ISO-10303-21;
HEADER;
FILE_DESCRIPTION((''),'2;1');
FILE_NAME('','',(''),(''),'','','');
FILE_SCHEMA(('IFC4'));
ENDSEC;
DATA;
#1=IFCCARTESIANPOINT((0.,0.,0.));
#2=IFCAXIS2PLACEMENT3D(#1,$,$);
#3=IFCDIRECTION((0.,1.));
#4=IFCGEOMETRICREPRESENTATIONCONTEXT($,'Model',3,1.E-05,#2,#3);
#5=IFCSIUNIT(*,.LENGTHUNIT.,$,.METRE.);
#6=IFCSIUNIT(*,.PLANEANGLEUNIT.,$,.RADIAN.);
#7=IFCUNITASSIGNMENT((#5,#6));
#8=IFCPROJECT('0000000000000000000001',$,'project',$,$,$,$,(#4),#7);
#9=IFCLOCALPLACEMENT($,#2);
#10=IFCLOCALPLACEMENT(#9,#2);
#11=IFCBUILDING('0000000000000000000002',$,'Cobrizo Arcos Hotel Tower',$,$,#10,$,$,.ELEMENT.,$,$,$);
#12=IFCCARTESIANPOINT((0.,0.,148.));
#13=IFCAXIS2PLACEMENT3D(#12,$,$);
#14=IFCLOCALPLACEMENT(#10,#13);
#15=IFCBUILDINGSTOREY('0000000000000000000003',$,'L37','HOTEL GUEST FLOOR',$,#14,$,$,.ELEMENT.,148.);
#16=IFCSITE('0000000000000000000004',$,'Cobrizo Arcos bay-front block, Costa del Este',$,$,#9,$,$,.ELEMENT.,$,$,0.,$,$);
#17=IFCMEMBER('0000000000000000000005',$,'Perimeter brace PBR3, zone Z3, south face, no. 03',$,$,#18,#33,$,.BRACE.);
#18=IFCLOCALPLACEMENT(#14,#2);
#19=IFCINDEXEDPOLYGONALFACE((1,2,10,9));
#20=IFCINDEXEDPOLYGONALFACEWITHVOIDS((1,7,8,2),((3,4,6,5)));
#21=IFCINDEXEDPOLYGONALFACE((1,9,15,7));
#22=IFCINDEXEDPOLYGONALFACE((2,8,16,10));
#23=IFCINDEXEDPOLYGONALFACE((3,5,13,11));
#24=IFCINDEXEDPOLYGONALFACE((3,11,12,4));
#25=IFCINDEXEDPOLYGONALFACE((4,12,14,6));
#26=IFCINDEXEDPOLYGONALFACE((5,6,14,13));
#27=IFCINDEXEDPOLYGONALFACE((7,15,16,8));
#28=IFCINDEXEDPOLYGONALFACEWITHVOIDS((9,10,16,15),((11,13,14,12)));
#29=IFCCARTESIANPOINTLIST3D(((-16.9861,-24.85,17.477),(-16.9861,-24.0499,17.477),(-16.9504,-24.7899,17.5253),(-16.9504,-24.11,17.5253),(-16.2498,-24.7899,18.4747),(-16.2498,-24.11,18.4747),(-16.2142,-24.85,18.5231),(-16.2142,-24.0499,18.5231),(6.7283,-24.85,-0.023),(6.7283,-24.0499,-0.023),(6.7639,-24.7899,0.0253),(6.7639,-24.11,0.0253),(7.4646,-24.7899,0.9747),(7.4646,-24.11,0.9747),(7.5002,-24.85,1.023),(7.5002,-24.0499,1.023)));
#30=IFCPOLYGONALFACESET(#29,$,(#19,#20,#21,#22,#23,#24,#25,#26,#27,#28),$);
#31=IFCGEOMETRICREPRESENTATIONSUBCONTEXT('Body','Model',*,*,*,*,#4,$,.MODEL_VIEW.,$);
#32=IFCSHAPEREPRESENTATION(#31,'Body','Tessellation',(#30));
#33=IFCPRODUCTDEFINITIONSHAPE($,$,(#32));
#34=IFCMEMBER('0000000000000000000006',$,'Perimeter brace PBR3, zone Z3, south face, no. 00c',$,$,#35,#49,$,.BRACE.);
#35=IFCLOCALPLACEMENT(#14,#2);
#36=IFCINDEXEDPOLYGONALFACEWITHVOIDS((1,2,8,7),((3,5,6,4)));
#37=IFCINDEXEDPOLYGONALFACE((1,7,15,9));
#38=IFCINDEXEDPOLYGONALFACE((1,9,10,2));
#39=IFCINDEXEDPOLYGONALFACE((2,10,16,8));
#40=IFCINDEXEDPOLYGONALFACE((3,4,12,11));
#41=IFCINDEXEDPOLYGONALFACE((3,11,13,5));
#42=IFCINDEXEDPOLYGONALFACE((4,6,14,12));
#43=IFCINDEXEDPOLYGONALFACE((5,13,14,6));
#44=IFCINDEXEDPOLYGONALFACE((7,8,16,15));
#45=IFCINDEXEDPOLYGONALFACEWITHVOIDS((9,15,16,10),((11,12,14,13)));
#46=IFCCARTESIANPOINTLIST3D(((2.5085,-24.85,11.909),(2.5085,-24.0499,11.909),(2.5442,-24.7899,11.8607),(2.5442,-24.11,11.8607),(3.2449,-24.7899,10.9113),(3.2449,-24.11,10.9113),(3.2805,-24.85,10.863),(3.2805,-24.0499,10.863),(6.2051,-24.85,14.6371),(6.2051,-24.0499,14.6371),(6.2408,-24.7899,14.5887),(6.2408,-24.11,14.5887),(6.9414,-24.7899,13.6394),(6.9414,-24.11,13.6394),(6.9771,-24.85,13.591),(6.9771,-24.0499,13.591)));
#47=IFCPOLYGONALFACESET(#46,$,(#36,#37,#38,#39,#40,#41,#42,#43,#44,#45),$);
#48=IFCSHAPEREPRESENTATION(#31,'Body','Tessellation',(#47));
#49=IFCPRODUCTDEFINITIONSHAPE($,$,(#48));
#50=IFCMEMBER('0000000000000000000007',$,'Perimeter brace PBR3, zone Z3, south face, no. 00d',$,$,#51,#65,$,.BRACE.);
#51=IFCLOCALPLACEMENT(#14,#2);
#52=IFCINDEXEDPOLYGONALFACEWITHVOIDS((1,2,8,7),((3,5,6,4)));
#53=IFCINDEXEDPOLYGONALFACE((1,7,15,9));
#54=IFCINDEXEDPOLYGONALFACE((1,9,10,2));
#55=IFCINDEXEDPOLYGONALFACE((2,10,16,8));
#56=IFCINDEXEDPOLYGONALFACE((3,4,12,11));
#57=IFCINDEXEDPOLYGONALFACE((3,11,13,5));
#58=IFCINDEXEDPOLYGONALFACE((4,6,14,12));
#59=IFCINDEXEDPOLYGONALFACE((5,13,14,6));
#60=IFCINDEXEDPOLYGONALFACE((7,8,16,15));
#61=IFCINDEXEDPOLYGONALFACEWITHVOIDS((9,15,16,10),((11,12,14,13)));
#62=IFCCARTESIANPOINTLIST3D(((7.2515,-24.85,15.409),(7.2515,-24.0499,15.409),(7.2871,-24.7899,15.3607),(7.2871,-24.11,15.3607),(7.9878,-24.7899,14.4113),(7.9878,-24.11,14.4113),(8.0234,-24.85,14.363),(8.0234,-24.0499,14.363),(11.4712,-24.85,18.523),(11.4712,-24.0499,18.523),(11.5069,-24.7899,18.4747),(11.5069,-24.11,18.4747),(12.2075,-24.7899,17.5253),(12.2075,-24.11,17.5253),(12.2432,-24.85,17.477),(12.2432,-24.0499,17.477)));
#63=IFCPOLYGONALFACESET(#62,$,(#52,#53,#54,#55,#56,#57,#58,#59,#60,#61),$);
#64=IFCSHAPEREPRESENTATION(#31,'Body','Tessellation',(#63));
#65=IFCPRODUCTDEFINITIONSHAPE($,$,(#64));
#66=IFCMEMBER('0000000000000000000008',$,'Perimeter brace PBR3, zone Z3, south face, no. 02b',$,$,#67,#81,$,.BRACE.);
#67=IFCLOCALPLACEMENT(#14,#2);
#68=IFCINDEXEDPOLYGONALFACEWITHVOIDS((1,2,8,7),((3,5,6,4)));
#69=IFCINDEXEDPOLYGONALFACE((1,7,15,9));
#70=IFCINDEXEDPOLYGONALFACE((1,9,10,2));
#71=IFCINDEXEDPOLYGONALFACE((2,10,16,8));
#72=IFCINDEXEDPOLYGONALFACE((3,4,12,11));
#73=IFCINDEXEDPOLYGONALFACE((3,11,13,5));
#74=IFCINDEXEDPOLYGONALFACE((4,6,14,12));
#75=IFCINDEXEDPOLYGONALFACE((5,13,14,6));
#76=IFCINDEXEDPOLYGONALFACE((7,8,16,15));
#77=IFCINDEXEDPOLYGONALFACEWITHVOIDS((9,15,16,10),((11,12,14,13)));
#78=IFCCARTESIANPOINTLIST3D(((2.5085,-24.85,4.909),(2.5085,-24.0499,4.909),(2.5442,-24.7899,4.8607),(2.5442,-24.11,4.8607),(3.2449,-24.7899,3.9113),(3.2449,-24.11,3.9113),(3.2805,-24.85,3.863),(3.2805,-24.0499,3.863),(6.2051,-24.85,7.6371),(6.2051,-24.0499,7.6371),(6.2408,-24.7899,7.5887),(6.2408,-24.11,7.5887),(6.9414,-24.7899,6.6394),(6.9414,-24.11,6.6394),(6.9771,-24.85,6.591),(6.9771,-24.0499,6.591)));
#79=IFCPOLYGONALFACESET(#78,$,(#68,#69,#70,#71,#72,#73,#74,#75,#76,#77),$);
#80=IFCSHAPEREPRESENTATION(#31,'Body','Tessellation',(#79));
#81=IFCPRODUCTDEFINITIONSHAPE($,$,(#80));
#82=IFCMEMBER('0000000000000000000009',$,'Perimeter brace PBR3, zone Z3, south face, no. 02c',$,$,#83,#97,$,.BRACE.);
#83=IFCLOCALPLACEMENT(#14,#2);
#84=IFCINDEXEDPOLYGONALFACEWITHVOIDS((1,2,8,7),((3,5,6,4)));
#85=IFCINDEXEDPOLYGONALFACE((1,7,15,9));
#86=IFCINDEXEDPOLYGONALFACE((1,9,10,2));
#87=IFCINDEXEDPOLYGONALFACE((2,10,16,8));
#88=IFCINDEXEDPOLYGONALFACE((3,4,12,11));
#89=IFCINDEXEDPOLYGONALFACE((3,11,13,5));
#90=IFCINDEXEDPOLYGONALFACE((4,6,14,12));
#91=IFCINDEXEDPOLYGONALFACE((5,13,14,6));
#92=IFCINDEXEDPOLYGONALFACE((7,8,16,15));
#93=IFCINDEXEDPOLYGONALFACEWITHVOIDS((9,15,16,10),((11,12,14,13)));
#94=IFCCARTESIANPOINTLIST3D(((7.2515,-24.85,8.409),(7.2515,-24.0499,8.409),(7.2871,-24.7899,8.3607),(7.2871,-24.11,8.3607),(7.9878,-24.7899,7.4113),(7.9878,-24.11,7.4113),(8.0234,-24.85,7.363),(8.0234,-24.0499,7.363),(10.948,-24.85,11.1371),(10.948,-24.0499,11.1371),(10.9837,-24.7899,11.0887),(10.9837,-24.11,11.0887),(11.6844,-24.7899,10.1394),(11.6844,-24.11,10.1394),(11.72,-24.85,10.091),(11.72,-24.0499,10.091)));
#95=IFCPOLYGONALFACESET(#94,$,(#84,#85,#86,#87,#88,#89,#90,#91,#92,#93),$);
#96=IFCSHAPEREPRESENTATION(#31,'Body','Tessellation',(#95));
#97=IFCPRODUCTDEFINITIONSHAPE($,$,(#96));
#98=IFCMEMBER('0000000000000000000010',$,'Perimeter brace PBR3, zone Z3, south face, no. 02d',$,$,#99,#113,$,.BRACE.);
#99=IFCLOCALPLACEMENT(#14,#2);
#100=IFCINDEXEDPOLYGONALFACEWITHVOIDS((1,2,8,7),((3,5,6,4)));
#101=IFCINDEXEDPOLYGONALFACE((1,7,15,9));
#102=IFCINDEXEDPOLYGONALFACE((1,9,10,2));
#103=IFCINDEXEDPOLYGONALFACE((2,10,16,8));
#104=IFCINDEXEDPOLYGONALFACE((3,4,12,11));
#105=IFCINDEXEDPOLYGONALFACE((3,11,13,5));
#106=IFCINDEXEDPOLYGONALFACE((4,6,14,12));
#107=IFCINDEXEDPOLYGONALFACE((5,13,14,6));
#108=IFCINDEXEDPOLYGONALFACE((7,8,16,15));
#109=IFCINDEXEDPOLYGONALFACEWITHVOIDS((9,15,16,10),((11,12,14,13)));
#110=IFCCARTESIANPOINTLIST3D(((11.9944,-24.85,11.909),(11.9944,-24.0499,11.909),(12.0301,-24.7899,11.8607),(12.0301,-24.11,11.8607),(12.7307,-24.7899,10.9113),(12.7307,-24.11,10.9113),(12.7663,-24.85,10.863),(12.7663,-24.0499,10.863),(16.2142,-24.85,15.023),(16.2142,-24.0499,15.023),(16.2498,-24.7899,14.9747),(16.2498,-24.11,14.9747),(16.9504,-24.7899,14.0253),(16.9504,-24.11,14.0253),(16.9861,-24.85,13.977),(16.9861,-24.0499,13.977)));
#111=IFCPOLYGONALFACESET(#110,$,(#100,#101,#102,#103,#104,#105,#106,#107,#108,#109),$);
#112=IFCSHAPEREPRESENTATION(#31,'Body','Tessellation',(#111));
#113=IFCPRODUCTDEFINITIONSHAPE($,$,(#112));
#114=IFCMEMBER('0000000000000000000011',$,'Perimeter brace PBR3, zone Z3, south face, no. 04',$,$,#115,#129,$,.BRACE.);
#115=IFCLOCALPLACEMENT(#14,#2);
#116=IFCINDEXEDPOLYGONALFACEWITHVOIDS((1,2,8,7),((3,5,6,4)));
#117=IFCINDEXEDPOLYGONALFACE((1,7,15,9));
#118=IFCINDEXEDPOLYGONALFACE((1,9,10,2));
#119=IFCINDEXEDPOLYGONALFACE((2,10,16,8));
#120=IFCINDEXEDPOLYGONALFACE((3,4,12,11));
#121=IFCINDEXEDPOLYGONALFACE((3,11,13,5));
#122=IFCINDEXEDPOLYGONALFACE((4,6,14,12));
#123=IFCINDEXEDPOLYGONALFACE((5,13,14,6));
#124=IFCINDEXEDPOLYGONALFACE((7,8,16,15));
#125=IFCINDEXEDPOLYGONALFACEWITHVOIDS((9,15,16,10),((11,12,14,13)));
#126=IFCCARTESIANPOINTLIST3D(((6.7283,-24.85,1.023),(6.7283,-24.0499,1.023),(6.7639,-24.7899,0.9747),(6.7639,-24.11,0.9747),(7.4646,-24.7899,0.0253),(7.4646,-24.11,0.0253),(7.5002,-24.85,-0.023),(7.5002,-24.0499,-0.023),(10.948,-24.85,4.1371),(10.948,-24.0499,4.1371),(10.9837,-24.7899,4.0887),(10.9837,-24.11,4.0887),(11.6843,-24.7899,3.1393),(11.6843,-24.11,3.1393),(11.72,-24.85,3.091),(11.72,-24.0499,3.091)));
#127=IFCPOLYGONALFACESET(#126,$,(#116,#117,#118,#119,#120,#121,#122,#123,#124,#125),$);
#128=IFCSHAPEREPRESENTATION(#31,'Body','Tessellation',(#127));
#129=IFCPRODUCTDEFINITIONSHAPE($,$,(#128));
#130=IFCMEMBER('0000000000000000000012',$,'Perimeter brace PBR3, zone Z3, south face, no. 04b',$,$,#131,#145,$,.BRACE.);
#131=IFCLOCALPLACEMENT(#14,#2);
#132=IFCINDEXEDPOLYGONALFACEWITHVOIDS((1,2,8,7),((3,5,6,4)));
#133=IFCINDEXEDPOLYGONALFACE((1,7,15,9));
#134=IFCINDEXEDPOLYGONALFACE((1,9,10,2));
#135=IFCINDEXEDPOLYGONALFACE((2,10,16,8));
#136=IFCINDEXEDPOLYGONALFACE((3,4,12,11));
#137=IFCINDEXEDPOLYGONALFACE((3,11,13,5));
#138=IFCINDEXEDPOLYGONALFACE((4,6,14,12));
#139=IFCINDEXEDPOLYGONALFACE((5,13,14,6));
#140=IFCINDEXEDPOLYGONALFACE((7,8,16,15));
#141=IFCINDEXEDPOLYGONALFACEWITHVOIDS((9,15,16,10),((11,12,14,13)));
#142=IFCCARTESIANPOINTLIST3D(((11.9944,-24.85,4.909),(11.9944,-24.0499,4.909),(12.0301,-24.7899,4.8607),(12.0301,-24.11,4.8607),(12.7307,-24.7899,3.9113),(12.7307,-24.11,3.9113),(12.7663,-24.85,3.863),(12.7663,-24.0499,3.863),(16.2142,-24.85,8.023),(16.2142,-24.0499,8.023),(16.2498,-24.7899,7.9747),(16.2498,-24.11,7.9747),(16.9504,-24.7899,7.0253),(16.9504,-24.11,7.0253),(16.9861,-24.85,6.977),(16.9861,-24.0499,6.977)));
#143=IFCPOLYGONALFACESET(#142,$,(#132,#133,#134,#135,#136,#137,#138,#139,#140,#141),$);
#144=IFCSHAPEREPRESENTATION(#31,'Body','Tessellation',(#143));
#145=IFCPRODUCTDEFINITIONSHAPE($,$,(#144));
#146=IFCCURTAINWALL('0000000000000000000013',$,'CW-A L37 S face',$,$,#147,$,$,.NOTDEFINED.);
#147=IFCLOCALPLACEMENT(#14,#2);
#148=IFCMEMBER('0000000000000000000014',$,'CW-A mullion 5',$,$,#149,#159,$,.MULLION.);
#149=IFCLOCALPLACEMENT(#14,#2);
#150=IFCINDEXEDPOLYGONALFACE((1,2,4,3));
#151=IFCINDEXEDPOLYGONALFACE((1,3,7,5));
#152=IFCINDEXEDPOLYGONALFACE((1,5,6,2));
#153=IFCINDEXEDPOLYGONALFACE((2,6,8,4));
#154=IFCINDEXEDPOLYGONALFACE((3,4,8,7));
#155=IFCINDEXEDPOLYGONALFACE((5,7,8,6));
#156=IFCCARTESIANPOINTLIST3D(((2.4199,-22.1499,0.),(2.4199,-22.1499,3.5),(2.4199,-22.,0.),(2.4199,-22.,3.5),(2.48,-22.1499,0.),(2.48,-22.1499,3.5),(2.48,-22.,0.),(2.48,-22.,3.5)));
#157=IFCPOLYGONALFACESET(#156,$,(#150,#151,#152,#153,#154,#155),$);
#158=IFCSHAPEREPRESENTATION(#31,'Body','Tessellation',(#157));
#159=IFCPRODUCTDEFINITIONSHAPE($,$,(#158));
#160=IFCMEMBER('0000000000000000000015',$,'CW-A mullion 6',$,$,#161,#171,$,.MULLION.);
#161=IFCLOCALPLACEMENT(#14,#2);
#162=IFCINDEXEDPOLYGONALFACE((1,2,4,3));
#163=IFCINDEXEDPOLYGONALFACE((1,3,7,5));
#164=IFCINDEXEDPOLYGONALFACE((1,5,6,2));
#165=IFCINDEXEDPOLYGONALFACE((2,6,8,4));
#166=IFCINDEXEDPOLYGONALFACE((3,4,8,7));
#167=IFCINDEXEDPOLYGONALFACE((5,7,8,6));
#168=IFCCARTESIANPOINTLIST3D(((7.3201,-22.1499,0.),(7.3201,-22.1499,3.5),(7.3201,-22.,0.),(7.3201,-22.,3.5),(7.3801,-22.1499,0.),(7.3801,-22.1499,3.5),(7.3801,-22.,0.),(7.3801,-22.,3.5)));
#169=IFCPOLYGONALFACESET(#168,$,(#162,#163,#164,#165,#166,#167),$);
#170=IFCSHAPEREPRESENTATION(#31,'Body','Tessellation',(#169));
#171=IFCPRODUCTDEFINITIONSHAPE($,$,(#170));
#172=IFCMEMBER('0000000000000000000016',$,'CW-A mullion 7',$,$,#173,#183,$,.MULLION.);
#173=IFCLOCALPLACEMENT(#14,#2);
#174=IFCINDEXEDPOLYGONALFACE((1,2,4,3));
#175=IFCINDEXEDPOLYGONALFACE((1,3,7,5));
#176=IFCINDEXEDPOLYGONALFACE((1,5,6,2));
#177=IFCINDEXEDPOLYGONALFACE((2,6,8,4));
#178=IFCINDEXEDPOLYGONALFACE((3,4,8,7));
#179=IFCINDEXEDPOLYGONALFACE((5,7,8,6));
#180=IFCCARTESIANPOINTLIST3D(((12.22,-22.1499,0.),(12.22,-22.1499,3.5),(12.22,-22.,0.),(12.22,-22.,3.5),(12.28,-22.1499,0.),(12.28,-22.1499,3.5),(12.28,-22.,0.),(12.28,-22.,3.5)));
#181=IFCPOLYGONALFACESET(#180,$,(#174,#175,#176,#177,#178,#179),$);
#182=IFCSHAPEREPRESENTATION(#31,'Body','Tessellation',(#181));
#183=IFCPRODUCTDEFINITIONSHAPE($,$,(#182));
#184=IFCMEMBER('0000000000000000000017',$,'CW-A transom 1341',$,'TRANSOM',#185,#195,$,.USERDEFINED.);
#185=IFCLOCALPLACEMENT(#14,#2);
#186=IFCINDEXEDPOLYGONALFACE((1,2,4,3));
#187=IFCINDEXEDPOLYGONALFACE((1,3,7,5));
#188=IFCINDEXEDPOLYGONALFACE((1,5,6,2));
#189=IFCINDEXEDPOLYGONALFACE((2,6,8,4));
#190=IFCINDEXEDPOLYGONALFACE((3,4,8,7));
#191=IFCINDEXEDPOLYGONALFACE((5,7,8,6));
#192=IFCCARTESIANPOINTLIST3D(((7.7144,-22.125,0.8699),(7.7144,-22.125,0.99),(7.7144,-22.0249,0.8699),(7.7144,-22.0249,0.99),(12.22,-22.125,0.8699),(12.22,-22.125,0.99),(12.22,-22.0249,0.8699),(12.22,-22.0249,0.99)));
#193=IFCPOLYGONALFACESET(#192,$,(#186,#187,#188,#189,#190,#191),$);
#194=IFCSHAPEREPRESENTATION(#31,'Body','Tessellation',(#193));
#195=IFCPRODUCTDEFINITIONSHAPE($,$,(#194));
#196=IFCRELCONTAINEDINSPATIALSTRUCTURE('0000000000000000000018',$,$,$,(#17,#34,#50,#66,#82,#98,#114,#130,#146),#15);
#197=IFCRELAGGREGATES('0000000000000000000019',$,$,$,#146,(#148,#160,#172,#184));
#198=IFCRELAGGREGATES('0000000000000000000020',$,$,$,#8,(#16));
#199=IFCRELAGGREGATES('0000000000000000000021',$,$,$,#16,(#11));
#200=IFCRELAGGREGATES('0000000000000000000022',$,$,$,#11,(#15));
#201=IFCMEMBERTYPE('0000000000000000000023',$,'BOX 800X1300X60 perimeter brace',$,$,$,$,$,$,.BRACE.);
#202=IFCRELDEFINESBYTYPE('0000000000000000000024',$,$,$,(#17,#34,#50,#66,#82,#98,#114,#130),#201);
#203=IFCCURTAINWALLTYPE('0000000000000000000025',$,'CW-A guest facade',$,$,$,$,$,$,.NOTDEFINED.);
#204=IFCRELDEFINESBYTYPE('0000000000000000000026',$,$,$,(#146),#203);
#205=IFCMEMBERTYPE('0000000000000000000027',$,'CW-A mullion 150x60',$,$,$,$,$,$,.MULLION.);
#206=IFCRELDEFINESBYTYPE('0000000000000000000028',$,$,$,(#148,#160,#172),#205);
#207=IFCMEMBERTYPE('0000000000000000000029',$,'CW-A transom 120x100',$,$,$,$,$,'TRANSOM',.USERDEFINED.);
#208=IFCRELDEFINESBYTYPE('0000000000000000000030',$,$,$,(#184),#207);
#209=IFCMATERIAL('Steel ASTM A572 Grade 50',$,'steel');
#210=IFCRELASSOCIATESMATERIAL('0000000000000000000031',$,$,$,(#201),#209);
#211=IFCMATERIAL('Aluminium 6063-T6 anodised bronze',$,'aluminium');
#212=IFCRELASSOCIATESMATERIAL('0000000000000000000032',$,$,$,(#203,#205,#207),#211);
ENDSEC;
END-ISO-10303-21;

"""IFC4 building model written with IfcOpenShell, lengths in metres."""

from ifc_helpers import new_model, si_unit, direction, frame, origin, origin_2d, place, context, subcontext, project, spatial, rectangle, hollow_rectangle, extrude, material, material_profile, profile_set, type_object, element, aggregate, save


model = new_model("IFC4")

# Units and contexts
model_context = context("Model", 3, precision=1e-05, world=origin(), true_north=direction((0.0, 1.0)))
body_context = subcontext(model_context, "Body", "Model", "MODEL_VIEW")
ifc_project = project(units=[si_unit("LENGTHUNIT", "METRE"), si_unit("PLANEANGLEUNIT", "RADIAN")], contexts=[model_context])

# Site, building, storey
site_placement = place(None, origin())
site = spatial("IfcSite", under=ifc_project, at=site_placement, Name="Cobrizo Arcos bay-front block, Costa del Este", CompositionType="ELEMENT", RefElevation=0.0)
building_placement = place(site_placement, origin())
building = spatial("IfcBuilding", under=site, at=building_placement, Name="Cobrizo Arcos Hotel Tower", CompositionType="ELEMENT")
storey_placement = place(building_placement, frame((0.0, 0.0, 148.0)))
storey = spatial("IfcBuildingStorey", under=building, at=storey_placement, Name="L37", Description="HOTEL GUEST FLOOR", CompositionType="ELEMENT", Elevation=148.0)

# Members
ifc_material_1 = material(Name="Steel ASTM A572 Grade 50", Category="steel")
ifc_material_profile_1 = material_profile(ifc_material_1, hollow_rectangle(XDim=0.8, YDim=1.3, WallThickness=0.0601, at=origin_2d()), Name="BOX 800X1300X60")
ifc_profile_set_1 = profile_set([ifc_material_profile_1], Name="Steel ASTM A572 Grade 50")
member_type_1 = type_object("IfcMemberType", Name="BOX 800X1300X60 perimeter brace", PredefinedType="BRACE", material=ifc_profile_set_1)
member_1_placement = place(storey_placement, frame((7.1143, -24.45, 0.5), z_axis=(-0.80463, 0.0, 0.593776), x_axis=(0.0, -1.0, 0.0)))
element("IfcMember", 1, at=member_1_placement, inside=storey, type_object=member_type_1, Name="Perimeter brace PBR3, zone Z3, south face, no. 03", PredefinedType="BRACE", context=body_context, shape_type="SweptSolid", body=[
    extrude(hollow_rectangle(XDim=0.8, YDim=1.3, WallThickness=0.0601, at=origin_2d()), origin(), (0.0, 0.0, 1.0), 29.4724),
])
member_2_placement = place(storey_placement, frame((2.8945, -24.45, 11.386), z_axis=(0.804612, 0.0, 0.593801), x_axis=(0.0, 1.0, 0.0)))
element("IfcMember", 2, at=member_2_placement, inside=storey, type_object=member_type_1, Name="Perimeter brace PBR3, zone Z3, south face, no. 00c", PredefinedType="BRACE", context=body_context, shape_type="SweptSolid", body=[
    extrude(hollow_rectangle(XDim=0.8, YDim=1.3, WallThickness=0.0601, at=origin_2d()), origin(), (0.0, 0.0, 1.0), 4.5942),
])
member_3_placement = place(storey_placement, frame((7.6375, -24.45, 14.886), z_axis=(0.804624, 0.0, 0.593785), x_axis=(0.0, 1.0, 0.0)))
element("IfcMember", 3, at=member_3_placement, inside=storey, type_object=member_type_1, Name="Perimeter brace PBR3, zone Z3, south face, no. 00d", PredefinedType="BRACE", context=body_context, shape_type="SweptSolid", body=[
    extrude(hollow_rectangle(XDim=0.8, YDim=1.3, WallThickness=0.0601, at=origin_2d()), origin(), (0.0, 0.0, 1.0), 5.2444),
])
for number, where, z_axis, x_axis, name in (
    (4, (2.8945, -24.45, 4.386), (0.804612, 0.0, 0.593801), (0.0, 1.0, 0.0), "Perimeter brace PBR3, zone Z3, south face, no. 02b"),
    (5, (7.6375, -24.45, 7.886), (0.804612, 0.0, 0.593801), (0.0, 1.0, 0.0), "Perimeter brace PBR3, zone Z3, south face, no. 02c"),
):
    element("IfcMember", number, at=place(storey_placement, frame(where, z_axis=z_axis, x_axis=x_axis)), inside=storey, type_object=member_type_1, Name=name, PredefinedType="BRACE", context=body_context, shape_type="SweptSolid", body=[
        extrude(hollow_rectangle(XDim=0.8, YDim=1.3, WallThickness=0.0601, at=origin_2d()), origin(), (0.0, 0.0, 1.0), 4.5942),
    ])
for number, where, z_axis, x_axis, name in (
    (6, (12.3804, -24.45, 11.386), (0.804624, 0.0, 0.593785), (0.0, 1.0, 0.0), "Perimeter brace PBR3, zone Z3, south face, no. 02d"),
    (7, (7.1143, -24.45, 0.5), (0.804624, 0.0, 0.593785), (0.0, 1.0, 0.0), "Perimeter brace PBR3, zone Z3, south face, no. 04"),
    (8, (12.3804, -24.45, 4.386), (0.804624, 0.0, 0.593785), (0.0, 1.0, 0.0), "Perimeter brace PBR3, zone Z3, south face, no. 04b"),
):
    element("IfcMember", number, at=place(storey_placement, frame(where, z_axis=z_axis, x_axis=x_axis)), inside=storey, type_object=member_type_1, Name=name, PredefinedType="BRACE", context=body_context, shape_type="SweptSolid", body=[
        extrude(hollow_rectangle(XDim=0.8, YDim=1.3, WallThickness=0.0601, at=origin_2d()), origin(), (0.0, 0.0, 1.0), 5.2444),
    ])

# Curtain wall, members
ifc_material_2 = material(Name="Aluminium 6063-T6 anodised bronze", Category="aluminium")
curtain_wall_type = type_object("IfcCurtainWallType", Name="CW-A guest facade", PredefinedType="NOTDEFINED", material=ifc_material_2)
curtain_wall_placement = place(storey_placement, origin())
curtain_wall = element("IfcCurtainWall", 9, at=curtain_wall_placement, inside=storey, type_object=curtain_wall_type, Name="CW-A L37 S face", PredefinedType="NOTDEFINED")
ifc_material_profile_2 = material_profile(ifc_material_2, rectangle(XDim=0.1499, YDim=0.0601, at=origin_2d()), Name="CW-A mullion 150x60")
ifc_profile_set_2 = profile_set([ifc_material_profile_2], Name="Aluminium 6063-T6 anodised bronze")
member_type_2 = type_object("IfcMemberType", Name="CW-A mullion 150x60", PredefinedType="MULLION", material=ifc_profile_set_2)
member_4_placement = place(storey_placement, frame((2.45, -22.075, 0.0), z_axis=(0.0, 0.0, 1.0), x_axis=(0.0, -1.0, 0.0)))
member_4 = element("IfcMember", 10, at=member_4_placement, type_object=member_type_2, Name="CW-A mullion 5", PredefinedType="MULLION", context=body_context, shape_type="SweptSolid", body=[
    extrude(rectangle(XDim=0.1499, YDim=0.0601, at=origin_2d()), origin(), (0.0, 0.0, 1.0), 3.5),
])
member_5_placement = place(storey_placement, frame((7.3501, -22.075, 0.0), z_axis=(0.0, 0.0, 1.0), x_axis=(0.0, -1.0, 0.0)))
member_5 = element("IfcMember", 11, at=member_5_placement, type_object=member_type_2, Name="CW-A mullion 6", PredefinedType="MULLION", context=body_context, shape_type="SweptSolid", body=[
    extrude(rectangle(XDim=0.1499, YDim=0.0601, at=origin_2d()), origin(), (0.0, 0.0, 1.0), 3.5),
])
member_6_placement = place(storey_placement, frame((12.25, -22.075, 0.0), z_axis=(0.0, 0.0, 1.0), x_axis=(0.0, -1.0, 0.0)))
member_6 = element("IfcMember", 12, at=member_6_placement, type_object=member_type_2, Name="CW-A mullion 7", PredefinedType="MULLION", context=body_context, shape_type="SweptSolid", body=[
    extrude(rectangle(XDim=0.1499, YDim=0.0601, at=origin_2d()), origin(), (0.0, 0.0, 1.0), 3.5),
])
ifc_material_profile_3 = material_profile(ifc_material_2, rectangle(XDim=0.1001, YDim=0.1201, at=origin_2d()), Name="CW-A transom 120x100")
ifc_profile_set_3 = profile_set([ifc_material_profile_3], Name="Aluminium 6063-T6 anodised bronze")
member_type_3 = type_object("IfcMemberType", Name="CW-A transom 120x100", ElementType="TRANSOM", PredefinedType="USERDEFINED", material=ifc_profile_set_3)
member_7_placement = place(storey_placement, frame((7.7144, -22.075, 0.9299), z_axis=(1.0, 0.0, 0.0), x_axis=(0.0, 1.0, 0.0)))
member_7 = element("IfcMember", 13, at=member_7_placement, type_object=member_type_3, Name="CW-A transom 1341", ObjectType="TRANSOM", PredefinedType="USERDEFINED", context=body_context, shape_type="SweptSolid", body=[
    extrude(rectangle(XDim=0.1001, YDim=0.1201, at=origin_2d()), origin(), (0.0, 0.0, 1.0), 4.5056),
])
aggregate(curtain_wall, [member_4, member_5, member_6, member_7])

save(model, "model.ifc")
